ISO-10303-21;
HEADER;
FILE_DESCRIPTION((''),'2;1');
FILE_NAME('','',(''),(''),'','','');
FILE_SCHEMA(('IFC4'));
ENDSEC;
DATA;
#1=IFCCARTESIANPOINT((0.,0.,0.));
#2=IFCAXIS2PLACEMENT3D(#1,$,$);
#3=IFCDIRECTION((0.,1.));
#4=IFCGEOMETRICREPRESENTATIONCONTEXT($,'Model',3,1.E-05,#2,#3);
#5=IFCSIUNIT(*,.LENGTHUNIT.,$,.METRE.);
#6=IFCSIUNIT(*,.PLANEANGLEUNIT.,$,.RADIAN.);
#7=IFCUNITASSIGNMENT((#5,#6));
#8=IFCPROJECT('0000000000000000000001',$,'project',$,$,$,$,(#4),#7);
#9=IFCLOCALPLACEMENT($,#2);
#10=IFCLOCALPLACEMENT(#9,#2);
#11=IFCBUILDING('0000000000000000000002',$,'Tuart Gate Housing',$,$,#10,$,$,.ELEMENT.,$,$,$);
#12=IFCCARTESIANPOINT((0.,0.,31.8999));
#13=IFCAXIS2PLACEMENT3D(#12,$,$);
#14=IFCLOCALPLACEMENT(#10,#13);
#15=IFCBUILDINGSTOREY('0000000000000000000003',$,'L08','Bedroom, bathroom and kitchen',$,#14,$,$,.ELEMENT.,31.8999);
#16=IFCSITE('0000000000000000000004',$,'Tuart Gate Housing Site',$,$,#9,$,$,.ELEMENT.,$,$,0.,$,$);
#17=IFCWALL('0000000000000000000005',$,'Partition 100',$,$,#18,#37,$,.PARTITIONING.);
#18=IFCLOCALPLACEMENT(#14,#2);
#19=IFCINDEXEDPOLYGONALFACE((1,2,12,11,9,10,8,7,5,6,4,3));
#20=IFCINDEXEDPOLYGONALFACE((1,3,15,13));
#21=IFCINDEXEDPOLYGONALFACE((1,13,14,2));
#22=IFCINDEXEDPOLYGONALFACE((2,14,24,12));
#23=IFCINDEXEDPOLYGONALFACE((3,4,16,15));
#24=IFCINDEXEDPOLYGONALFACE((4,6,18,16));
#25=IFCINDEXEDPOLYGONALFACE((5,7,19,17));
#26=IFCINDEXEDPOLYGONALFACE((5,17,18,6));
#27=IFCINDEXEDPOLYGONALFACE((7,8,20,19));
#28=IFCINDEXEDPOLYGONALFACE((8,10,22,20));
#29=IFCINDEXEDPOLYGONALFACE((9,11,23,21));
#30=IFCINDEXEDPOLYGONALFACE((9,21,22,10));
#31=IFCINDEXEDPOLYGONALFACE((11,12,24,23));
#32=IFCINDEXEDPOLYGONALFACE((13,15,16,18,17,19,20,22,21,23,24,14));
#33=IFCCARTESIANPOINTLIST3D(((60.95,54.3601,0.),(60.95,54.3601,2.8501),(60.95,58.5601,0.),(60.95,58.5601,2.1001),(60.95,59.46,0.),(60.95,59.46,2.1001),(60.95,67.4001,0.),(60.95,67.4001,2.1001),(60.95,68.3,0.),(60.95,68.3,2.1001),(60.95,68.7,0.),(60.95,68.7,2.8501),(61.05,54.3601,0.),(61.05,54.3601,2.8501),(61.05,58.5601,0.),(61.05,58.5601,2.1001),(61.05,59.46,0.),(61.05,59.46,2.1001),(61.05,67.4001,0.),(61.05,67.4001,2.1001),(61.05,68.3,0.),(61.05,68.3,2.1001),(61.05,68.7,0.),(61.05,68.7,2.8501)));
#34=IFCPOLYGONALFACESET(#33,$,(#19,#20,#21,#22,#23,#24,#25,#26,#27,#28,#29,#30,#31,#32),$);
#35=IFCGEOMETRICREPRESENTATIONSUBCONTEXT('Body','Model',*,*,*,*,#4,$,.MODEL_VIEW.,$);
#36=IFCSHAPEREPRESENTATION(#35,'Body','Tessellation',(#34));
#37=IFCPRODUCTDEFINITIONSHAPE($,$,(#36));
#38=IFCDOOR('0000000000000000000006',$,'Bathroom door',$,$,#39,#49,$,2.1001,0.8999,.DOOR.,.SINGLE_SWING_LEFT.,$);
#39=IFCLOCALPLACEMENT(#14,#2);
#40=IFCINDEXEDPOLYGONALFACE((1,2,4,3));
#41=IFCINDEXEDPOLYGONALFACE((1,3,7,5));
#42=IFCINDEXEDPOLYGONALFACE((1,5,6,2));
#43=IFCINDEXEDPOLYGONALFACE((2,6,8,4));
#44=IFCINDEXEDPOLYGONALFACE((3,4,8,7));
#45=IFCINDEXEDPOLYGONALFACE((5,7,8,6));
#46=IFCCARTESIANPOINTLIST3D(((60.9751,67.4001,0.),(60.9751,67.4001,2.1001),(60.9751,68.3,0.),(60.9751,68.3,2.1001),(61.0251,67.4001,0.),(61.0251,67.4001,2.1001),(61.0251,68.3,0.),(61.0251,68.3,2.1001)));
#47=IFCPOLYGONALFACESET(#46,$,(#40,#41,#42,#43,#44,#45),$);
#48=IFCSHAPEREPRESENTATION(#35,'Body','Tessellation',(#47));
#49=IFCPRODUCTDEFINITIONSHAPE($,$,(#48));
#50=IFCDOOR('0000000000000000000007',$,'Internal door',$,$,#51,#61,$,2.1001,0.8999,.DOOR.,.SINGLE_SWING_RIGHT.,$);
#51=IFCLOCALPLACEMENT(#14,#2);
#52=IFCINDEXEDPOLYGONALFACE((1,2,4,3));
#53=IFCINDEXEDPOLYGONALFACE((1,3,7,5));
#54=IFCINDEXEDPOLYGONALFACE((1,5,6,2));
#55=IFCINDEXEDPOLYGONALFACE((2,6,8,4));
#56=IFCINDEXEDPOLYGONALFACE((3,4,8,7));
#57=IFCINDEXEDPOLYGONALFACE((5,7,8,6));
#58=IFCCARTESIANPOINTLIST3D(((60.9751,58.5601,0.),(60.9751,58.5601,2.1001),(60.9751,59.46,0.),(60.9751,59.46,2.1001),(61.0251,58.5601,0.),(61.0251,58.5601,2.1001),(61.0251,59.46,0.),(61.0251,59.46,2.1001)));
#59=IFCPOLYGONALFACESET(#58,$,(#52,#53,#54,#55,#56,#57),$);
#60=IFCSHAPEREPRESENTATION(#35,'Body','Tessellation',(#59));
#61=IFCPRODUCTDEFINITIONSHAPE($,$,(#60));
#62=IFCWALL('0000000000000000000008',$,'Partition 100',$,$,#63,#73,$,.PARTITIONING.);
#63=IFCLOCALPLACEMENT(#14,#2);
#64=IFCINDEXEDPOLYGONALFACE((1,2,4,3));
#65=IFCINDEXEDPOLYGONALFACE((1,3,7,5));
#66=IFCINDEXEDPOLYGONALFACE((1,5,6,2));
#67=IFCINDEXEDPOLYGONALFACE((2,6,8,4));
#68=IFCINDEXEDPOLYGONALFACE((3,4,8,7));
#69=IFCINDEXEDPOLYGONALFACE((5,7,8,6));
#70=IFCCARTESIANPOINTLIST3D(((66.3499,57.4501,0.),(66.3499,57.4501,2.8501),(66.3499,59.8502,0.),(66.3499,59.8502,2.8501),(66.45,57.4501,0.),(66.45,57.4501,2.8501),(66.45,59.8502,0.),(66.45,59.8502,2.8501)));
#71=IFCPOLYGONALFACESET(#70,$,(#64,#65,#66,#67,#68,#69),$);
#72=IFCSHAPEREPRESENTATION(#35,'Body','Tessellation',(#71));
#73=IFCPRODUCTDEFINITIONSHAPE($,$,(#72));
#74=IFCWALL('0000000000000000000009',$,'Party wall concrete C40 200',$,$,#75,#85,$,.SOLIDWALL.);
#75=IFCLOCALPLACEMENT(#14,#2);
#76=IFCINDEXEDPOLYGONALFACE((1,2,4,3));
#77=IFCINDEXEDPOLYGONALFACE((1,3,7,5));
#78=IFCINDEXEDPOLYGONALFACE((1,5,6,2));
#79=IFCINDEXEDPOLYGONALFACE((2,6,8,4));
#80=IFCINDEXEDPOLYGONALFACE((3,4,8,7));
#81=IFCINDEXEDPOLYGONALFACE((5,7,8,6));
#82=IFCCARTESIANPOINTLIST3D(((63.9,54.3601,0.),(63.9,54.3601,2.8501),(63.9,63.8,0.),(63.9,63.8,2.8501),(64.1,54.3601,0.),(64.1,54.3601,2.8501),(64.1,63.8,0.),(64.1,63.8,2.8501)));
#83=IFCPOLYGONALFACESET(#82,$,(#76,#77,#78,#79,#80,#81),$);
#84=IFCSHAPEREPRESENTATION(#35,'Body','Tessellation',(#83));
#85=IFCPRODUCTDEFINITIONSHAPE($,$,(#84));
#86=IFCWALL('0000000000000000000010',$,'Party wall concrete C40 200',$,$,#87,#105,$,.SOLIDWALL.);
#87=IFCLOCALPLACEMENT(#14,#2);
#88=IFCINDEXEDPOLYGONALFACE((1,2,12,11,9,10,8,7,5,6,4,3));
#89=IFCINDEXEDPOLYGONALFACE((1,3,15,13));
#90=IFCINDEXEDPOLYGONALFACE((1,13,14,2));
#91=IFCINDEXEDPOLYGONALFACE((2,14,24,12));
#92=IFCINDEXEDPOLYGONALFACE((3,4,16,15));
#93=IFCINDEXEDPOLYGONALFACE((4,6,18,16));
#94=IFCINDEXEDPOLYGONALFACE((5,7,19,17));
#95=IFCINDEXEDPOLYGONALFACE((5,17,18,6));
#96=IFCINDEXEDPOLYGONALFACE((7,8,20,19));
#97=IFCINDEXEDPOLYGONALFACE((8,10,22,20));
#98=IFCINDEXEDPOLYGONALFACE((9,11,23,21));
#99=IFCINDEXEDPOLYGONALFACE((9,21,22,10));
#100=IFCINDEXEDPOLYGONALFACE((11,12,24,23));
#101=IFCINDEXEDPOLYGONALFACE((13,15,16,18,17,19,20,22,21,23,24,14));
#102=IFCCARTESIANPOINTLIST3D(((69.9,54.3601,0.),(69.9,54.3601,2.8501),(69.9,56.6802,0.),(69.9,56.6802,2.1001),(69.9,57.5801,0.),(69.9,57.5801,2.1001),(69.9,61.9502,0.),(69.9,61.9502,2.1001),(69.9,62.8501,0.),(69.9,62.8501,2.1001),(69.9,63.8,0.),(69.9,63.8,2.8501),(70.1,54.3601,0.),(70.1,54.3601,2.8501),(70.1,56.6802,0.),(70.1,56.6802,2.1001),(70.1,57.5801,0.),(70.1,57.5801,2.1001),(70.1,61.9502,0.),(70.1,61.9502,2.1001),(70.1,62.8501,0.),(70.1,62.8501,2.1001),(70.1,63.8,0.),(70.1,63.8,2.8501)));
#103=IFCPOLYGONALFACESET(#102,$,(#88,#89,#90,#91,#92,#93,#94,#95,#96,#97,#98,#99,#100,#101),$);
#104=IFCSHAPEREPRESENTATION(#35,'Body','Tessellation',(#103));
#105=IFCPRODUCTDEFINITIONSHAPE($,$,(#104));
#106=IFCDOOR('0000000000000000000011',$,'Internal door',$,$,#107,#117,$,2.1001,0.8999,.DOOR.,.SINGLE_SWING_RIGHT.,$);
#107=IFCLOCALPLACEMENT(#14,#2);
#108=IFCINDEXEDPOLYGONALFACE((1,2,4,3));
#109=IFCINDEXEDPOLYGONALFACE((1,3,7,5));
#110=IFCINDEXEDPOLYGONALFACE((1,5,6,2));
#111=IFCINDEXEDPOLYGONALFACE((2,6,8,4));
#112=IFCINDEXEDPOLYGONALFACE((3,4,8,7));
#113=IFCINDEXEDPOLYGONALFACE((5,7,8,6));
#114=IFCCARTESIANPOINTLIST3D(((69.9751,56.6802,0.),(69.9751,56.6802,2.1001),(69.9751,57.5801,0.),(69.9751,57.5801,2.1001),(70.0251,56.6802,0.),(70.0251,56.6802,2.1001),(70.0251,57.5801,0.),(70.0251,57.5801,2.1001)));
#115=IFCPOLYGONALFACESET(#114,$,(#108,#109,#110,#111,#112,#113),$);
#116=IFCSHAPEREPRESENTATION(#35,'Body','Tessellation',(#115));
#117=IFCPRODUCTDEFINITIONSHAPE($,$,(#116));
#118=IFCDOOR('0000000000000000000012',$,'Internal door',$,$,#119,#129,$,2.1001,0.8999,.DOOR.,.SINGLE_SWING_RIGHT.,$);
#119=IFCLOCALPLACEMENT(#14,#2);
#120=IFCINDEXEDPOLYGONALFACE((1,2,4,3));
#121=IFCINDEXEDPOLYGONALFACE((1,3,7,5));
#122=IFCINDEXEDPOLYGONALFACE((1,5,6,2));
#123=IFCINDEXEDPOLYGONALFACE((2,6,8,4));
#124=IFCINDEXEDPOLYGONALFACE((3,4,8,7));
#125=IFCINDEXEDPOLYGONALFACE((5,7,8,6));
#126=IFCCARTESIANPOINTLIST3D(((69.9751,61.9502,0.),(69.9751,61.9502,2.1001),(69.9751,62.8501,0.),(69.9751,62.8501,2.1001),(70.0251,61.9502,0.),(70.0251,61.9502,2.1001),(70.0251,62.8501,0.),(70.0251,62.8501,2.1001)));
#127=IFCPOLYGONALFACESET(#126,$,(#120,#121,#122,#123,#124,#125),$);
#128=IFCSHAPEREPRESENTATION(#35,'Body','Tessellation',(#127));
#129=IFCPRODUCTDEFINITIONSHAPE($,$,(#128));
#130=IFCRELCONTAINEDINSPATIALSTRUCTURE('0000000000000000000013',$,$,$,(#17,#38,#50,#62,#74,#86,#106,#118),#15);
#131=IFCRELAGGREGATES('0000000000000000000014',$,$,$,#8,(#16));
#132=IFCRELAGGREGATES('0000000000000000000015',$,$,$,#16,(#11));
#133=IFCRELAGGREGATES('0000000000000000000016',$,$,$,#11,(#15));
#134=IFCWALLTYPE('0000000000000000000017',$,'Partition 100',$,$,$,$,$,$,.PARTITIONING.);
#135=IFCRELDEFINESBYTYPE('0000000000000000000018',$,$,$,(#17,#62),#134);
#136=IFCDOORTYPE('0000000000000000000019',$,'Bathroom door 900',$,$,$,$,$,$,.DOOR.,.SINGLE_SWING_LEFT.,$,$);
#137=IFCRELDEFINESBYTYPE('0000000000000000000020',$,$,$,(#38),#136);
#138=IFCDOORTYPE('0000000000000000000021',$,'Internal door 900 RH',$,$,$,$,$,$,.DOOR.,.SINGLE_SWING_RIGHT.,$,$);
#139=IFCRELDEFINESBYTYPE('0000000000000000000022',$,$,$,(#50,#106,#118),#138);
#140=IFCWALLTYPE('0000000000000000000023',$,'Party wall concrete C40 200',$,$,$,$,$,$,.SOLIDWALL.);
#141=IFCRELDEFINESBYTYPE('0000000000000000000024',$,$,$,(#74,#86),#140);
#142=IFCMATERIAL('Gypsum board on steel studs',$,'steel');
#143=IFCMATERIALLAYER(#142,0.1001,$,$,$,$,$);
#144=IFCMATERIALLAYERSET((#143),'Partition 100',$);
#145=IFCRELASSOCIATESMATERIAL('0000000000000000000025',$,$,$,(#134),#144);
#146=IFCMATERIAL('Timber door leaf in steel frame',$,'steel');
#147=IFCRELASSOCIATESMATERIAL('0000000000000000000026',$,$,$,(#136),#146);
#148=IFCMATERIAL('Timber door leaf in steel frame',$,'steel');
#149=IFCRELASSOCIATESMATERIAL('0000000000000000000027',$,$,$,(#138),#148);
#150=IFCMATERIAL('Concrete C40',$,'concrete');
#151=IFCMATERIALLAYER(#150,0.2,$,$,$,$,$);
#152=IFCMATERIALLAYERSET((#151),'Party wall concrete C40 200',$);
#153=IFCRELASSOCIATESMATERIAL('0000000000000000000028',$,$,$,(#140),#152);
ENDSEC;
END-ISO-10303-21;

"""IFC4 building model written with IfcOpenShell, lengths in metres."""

from ifc_helpers import new_model, si_unit, direction, frame, frame_2d, origin, place, context, subcontext, project, spatial, rectangle, extrude, material, layer, layer_set, type_object, element, fill, save


model = new_model("IFC4")

# Units and contexts
model_context = context("Model", 3, precision=1e-05, world=origin(), true_north=direction((0.0, 1.0)))
body_context = subcontext(model_context, "Body", "Model", "MODEL_VIEW")
ifc_project = project(units=[si_unit("LENGTHUNIT", "METRE"), si_unit("PLANEANGLEUNIT", "RADIAN")], contexts=[model_context])

# Site, building, storey
site_placement = place(None, origin())
site = spatial("IfcSite", under=ifc_project, at=site_placement, Name="Tuart Gate Housing Site", CompositionType="ELEMENT", RefElevation=0.0)
building_placement = place(site_placement, origin())
building = spatial("IfcBuilding", under=site, at=building_placement, Name="Tuart Gate Housing", CompositionType="ELEMENT")
storey_placement = place(building_placement, frame((0.0, 0.0, 31.8999)))
storey = spatial("IfcBuildingStorey", under=building, at=storey_placement, Name="L08", Description="Bedroom, bathroom and kitchen", CompositionType="ELEMENT", Elevation=31.8999)

# Shared definitions
ifc_material_1 = material(Name="Gypsum board on steel studs", Category="steel")
ifc_layer_1 = layer(ifc_material_1, 0.1001)
ifc_layer_set_1 = layer_set([ifc_layer_1], Name="Partition 100")
wall_type_1 = type_object("IfcWallType", Name="Partition 100", PredefinedType="PARTITIONING", material=ifc_layer_set_1)

# Shared definitions
ifc_material_2 = material(Name="Timber door leaf in steel frame", Category="steel")
door_type_1 = type_object("IfcDoorType", Name="Bathroom door 900", OperationType="SINGLE_SWING_LEFT", PredefinedType="DOOR", material=ifc_material_2)
ifc_material_3 = material(Name="Timber door leaf in steel frame", Category="steel")
door_type_2 = type_object("IfcDoorType", Name="Internal door 900 RH", OperationType="SINGLE_SWING_RIGHT", PredefinedType="DOOR", material=ifc_material_3)

# Wall, openings, doors
wall_1_placement = place(storey_placement, frame((61.0, 54.3601, 0.0), z_axis=(0.0, 0.0, 1.0), x_axis=(0.0, 1.0, 0.0)))
wall_1 = element("IfcWall", 1, at=wall_1_placement, inside=storey, type_object=wall_type_1, Name="Partition 100", PredefinedType="PARTITIONING", context=body_context, shape_type="SweptSolid", body=[
    extrude(rectangle(XDim=14.3398, YDim=0.1001, at=frame_2d((7.1699, 0.0))), origin(), (0.0, 0.0, 1.0), 2.8501),
])
opening_1_placement = place(wall_1_placement, frame((4.2, 0.0, 0.0)))
opening_1 = element("IfcOpeningElement", 2, at=opening_1_placement, cuts=wall_1, PredefinedType="OPENING", context=body_context, shape_type="SweptSolid", body=[
    extrude(rectangle(XDim=0.8999, YDim=2.1001, at=frame_2d((0.45, 1.05))), frame((0.0, 0.0601, 0.0), z_axis=(0.0, -1.0, 0.0), x_axis=(1.0, 0.0, 0.0)), (0.0, 0.0, 1.0), 0.1201),
])
opening_2_placement = place(wall_1_placement, frame((13.04, 0.0, 0.0)))
opening_2 = element("IfcOpeningElement", 3, at=opening_2_placement, cuts=wall_1, PredefinedType="OPENING", context=body_context, shape_type="SweptSolid", body=[
    extrude(rectangle(XDim=0.8999, YDim=2.1001, at=frame_2d((0.45, 1.05))), frame((0.0, 0.0601, 0.0), z_axis=(0.0, -1.0, 0.0), x_axis=(1.0, 0.0, 0.0)), (0.0, 0.0, 1.0), 0.1201),
])
door_1_placement = place(opening_2_placement, frame((0.8999, 0.0, 0.0), z_axis=(0.0, 0.0, 1.0), x_axis=(-1.0, 0.0, 0.0)))
door_1 = element("IfcDoor", 4, at=door_1_placement, inside=storey, type_object=door_type_1, Name="Bathroom door", OperationType="SINGLE_SWING_LEFT", OverallHeight=2.1001, OverallWidth=0.8999, PredefinedType="DOOR", context=body_context, shape_type="SweptSolid", body=[
    extrude(rectangle(XDim=0.8999, YDim=2.1001, at=frame_2d((0.45, 1.05))), frame((0.0, 0.0251, 0.0), z_axis=(0.0, -1.0, 0.0), x_axis=(1.0, 0.0, 0.0)), (0.0, 0.0, 1.0), 0.05),
])
fill(opening_2, door_1)
door_2_placement = place(opening_1_placement, frame((0.8999, 0.0, 0.0), z_axis=(0.0, 0.0, 1.0), x_axis=(-1.0, 0.0, 0.0)))
door_2 = element("IfcDoor", 5, at=door_2_placement, inside=storey, type_object=door_type_2, Name="Internal door", OperationType="SINGLE_SWING_RIGHT", OverallHeight=2.1001, OverallWidth=0.8999, PredefinedType="DOOR", context=body_context, shape_type="SweptSolid", body=[
    extrude(rectangle(XDim=0.8999, YDim=2.1001, at=frame_2d((0.45, 1.05))), frame((0.0, 0.0251, 0.0), z_axis=(0.0, -1.0, 0.0), x_axis=(1.0, 0.0, 0.0)), (0.0, 0.0, 1.0), 0.05),
])
fill(opening_1, door_2)

# Walls
wall_2_placement = place(storey_placement, frame((66.3999, 57.45, 0.0), z_axis=(0.0, 0.0, 1.0), x_axis=(0.0, 1.0, 0.0)))
element("IfcWall", 6, at=wall_2_placement, inside=storey, type_object=wall_type_1, Name="Partition 100", PredefinedType="PARTITIONING", context=body_context, shape_type="SweptSolid", body=[
    extrude(rectangle(XDim=2.4001, YDim=0.1001, at=frame_2d((1.2002, 0.0))), origin(), (0.0, 0.0, 1.0), 2.8501),
])
ifc_material_4 = material(Name="Concrete C40", Category="concrete")
ifc_layer_2 = layer(ifc_material_4, 0.2)
ifc_layer_set_2 = layer_set([ifc_layer_2], Name="Party wall concrete C40 200")
wall_type_2 = type_object("IfcWallType", Name="Party wall concrete C40 200", PredefinedType="SOLIDWALL", material=ifc_layer_set_2)
wall_3_placement = place(storey_placement, frame((64.0, 54.3601, 0.0), z_axis=(0.0, 0.0, 1.0), x_axis=(0.0, 1.0, 0.0)))
element("IfcWall", 7, at=wall_3_placement, inside=storey, type_object=wall_type_2, Name="Party wall concrete C40 200", PredefinedType="SOLIDWALL", context=body_context, shape_type="SweptSolid", body=[
    extrude(rectangle(XDim=9.4399, YDim=0.2, at=frame_2d((4.72, 0.0))), origin(), (0.0, 0.0, 1.0), 2.8501),
])

# Wall, openings, doors
wall_4_placement = place(storey_placement, frame((70.0, 54.3601, 0.0), z_axis=(0.0, 0.0, 1.0), x_axis=(0.0, 1.0, 0.0)))
wall_4 = element("IfcWall", 8, at=wall_4_placement, inside=storey, type_object=wall_type_2, Name="Party wall concrete C40 200", PredefinedType="SOLIDWALL", context=body_context, shape_type="SweptSolid", body=[
    extrude(rectangle(XDim=9.4399, YDim=0.2, at=frame_2d((4.72, 0.0))), origin(), (0.0, 0.0, 1.0), 2.8501),
])
opening_3_placement = place(wall_4_placement, frame((2.3201, 0.0, 0.0)))
opening_3 = element("IfcOpeningElement", 9, at=opening_3_placement, cuts=wall_4, PredefinedType="OPENING", context=body_context, shape_type="SweptSolid", body=[
    extrude(rectangle(XDim=0.8999, YDim=2.1001, at=frame_2d((0.45, 1.05))), frame((0.0, 0.1099, 0.0), z_axis=(0.0, -1.0, 0.0), x_axis=(1.0, 0.0, 0.0)), (0.0, 0.0, 1.0), 0.22),
])
opening_4_placement = place(wall_4_placement, frame((7.5901, 0.0, 0.0)))
opening_4 = element("IfcOpeningElement", 10, at=opening_4_placement, cuts=wall_4, PredefinedType="OPENING", context=body_context, shape_type="SweptSolid", body=[
    extrude(rectangle(XDim=0.8999, YDim=2.1001, at=frame_2d((0.45, 1.05))), frame((0.0, 0.1099, 0.0), z_axis=(0.0, -1.0, 0.0), x_axis=(1.0, 0.0, 0.0)), (0.0, 0.0, 1.0), 0.22),
])
door_3_placement = place(opening_3_placement, frame((0.8999, 0.0, 0.0), z_axis=(0.0, 0.0, 1.0), x_axis=(-1.0, 0.0, 0.0)))
door_3 = element("IfcDoor", 11, at=door_3_placement, inside=storey, type_object=door_type_2, Name="Internal door", OperationType="SINGLE_SWING_RIGHT", OverallHeight=2.1001, OverallWidth=0.8999, PredefinedType="DOOR", context=body_context, shape_type="SweptSolid", body=[
    extrude(rectangle(XDim=0.8999, YDim=2.1001, at=frame_2d((0.45, 1.05))), frame((0.0, 0.0251, 0.0), z_axis=(0.0, -1.0, 0.0), x_axis=(1.0, 0.0, 0.0)), (0.0, 0.0, 1.0), 0.05),
])
fill(opening_3, door_3)
door_4_placement = place(opening_4_placement, frame((0.8999, 0.0, 0.0), z_axis=(0.0, 0.0, 1.0), x_axis=(-1.0, 0.0, 0.0)))
door_4 = element("IfcDoor", 12, at=door_4_placement, inside=storey, type_object=door_type_2, Name="Internal door", OperationType="SINGLE_SWING_RIGHT", OverallHeight=2.1001, OverallWidth=0.8999, PredefinedType="DOOR", context=body_context, shape_type="SweptSolid", body=[
    extrude(rectangle(XDim=0.8999, YDim=2.1001, at=frame_2d((0.45, 1.05))), frame((0.0, 0.0251, 0.0), z_axis=(0.0, -1.0, 0.0), x_axis=(1.0, 0.0, 0.0)), (0.0, 0.0, 1.0), 0.05),
])
fill(opening_4, door_4)

save(model, "model.ifc")
